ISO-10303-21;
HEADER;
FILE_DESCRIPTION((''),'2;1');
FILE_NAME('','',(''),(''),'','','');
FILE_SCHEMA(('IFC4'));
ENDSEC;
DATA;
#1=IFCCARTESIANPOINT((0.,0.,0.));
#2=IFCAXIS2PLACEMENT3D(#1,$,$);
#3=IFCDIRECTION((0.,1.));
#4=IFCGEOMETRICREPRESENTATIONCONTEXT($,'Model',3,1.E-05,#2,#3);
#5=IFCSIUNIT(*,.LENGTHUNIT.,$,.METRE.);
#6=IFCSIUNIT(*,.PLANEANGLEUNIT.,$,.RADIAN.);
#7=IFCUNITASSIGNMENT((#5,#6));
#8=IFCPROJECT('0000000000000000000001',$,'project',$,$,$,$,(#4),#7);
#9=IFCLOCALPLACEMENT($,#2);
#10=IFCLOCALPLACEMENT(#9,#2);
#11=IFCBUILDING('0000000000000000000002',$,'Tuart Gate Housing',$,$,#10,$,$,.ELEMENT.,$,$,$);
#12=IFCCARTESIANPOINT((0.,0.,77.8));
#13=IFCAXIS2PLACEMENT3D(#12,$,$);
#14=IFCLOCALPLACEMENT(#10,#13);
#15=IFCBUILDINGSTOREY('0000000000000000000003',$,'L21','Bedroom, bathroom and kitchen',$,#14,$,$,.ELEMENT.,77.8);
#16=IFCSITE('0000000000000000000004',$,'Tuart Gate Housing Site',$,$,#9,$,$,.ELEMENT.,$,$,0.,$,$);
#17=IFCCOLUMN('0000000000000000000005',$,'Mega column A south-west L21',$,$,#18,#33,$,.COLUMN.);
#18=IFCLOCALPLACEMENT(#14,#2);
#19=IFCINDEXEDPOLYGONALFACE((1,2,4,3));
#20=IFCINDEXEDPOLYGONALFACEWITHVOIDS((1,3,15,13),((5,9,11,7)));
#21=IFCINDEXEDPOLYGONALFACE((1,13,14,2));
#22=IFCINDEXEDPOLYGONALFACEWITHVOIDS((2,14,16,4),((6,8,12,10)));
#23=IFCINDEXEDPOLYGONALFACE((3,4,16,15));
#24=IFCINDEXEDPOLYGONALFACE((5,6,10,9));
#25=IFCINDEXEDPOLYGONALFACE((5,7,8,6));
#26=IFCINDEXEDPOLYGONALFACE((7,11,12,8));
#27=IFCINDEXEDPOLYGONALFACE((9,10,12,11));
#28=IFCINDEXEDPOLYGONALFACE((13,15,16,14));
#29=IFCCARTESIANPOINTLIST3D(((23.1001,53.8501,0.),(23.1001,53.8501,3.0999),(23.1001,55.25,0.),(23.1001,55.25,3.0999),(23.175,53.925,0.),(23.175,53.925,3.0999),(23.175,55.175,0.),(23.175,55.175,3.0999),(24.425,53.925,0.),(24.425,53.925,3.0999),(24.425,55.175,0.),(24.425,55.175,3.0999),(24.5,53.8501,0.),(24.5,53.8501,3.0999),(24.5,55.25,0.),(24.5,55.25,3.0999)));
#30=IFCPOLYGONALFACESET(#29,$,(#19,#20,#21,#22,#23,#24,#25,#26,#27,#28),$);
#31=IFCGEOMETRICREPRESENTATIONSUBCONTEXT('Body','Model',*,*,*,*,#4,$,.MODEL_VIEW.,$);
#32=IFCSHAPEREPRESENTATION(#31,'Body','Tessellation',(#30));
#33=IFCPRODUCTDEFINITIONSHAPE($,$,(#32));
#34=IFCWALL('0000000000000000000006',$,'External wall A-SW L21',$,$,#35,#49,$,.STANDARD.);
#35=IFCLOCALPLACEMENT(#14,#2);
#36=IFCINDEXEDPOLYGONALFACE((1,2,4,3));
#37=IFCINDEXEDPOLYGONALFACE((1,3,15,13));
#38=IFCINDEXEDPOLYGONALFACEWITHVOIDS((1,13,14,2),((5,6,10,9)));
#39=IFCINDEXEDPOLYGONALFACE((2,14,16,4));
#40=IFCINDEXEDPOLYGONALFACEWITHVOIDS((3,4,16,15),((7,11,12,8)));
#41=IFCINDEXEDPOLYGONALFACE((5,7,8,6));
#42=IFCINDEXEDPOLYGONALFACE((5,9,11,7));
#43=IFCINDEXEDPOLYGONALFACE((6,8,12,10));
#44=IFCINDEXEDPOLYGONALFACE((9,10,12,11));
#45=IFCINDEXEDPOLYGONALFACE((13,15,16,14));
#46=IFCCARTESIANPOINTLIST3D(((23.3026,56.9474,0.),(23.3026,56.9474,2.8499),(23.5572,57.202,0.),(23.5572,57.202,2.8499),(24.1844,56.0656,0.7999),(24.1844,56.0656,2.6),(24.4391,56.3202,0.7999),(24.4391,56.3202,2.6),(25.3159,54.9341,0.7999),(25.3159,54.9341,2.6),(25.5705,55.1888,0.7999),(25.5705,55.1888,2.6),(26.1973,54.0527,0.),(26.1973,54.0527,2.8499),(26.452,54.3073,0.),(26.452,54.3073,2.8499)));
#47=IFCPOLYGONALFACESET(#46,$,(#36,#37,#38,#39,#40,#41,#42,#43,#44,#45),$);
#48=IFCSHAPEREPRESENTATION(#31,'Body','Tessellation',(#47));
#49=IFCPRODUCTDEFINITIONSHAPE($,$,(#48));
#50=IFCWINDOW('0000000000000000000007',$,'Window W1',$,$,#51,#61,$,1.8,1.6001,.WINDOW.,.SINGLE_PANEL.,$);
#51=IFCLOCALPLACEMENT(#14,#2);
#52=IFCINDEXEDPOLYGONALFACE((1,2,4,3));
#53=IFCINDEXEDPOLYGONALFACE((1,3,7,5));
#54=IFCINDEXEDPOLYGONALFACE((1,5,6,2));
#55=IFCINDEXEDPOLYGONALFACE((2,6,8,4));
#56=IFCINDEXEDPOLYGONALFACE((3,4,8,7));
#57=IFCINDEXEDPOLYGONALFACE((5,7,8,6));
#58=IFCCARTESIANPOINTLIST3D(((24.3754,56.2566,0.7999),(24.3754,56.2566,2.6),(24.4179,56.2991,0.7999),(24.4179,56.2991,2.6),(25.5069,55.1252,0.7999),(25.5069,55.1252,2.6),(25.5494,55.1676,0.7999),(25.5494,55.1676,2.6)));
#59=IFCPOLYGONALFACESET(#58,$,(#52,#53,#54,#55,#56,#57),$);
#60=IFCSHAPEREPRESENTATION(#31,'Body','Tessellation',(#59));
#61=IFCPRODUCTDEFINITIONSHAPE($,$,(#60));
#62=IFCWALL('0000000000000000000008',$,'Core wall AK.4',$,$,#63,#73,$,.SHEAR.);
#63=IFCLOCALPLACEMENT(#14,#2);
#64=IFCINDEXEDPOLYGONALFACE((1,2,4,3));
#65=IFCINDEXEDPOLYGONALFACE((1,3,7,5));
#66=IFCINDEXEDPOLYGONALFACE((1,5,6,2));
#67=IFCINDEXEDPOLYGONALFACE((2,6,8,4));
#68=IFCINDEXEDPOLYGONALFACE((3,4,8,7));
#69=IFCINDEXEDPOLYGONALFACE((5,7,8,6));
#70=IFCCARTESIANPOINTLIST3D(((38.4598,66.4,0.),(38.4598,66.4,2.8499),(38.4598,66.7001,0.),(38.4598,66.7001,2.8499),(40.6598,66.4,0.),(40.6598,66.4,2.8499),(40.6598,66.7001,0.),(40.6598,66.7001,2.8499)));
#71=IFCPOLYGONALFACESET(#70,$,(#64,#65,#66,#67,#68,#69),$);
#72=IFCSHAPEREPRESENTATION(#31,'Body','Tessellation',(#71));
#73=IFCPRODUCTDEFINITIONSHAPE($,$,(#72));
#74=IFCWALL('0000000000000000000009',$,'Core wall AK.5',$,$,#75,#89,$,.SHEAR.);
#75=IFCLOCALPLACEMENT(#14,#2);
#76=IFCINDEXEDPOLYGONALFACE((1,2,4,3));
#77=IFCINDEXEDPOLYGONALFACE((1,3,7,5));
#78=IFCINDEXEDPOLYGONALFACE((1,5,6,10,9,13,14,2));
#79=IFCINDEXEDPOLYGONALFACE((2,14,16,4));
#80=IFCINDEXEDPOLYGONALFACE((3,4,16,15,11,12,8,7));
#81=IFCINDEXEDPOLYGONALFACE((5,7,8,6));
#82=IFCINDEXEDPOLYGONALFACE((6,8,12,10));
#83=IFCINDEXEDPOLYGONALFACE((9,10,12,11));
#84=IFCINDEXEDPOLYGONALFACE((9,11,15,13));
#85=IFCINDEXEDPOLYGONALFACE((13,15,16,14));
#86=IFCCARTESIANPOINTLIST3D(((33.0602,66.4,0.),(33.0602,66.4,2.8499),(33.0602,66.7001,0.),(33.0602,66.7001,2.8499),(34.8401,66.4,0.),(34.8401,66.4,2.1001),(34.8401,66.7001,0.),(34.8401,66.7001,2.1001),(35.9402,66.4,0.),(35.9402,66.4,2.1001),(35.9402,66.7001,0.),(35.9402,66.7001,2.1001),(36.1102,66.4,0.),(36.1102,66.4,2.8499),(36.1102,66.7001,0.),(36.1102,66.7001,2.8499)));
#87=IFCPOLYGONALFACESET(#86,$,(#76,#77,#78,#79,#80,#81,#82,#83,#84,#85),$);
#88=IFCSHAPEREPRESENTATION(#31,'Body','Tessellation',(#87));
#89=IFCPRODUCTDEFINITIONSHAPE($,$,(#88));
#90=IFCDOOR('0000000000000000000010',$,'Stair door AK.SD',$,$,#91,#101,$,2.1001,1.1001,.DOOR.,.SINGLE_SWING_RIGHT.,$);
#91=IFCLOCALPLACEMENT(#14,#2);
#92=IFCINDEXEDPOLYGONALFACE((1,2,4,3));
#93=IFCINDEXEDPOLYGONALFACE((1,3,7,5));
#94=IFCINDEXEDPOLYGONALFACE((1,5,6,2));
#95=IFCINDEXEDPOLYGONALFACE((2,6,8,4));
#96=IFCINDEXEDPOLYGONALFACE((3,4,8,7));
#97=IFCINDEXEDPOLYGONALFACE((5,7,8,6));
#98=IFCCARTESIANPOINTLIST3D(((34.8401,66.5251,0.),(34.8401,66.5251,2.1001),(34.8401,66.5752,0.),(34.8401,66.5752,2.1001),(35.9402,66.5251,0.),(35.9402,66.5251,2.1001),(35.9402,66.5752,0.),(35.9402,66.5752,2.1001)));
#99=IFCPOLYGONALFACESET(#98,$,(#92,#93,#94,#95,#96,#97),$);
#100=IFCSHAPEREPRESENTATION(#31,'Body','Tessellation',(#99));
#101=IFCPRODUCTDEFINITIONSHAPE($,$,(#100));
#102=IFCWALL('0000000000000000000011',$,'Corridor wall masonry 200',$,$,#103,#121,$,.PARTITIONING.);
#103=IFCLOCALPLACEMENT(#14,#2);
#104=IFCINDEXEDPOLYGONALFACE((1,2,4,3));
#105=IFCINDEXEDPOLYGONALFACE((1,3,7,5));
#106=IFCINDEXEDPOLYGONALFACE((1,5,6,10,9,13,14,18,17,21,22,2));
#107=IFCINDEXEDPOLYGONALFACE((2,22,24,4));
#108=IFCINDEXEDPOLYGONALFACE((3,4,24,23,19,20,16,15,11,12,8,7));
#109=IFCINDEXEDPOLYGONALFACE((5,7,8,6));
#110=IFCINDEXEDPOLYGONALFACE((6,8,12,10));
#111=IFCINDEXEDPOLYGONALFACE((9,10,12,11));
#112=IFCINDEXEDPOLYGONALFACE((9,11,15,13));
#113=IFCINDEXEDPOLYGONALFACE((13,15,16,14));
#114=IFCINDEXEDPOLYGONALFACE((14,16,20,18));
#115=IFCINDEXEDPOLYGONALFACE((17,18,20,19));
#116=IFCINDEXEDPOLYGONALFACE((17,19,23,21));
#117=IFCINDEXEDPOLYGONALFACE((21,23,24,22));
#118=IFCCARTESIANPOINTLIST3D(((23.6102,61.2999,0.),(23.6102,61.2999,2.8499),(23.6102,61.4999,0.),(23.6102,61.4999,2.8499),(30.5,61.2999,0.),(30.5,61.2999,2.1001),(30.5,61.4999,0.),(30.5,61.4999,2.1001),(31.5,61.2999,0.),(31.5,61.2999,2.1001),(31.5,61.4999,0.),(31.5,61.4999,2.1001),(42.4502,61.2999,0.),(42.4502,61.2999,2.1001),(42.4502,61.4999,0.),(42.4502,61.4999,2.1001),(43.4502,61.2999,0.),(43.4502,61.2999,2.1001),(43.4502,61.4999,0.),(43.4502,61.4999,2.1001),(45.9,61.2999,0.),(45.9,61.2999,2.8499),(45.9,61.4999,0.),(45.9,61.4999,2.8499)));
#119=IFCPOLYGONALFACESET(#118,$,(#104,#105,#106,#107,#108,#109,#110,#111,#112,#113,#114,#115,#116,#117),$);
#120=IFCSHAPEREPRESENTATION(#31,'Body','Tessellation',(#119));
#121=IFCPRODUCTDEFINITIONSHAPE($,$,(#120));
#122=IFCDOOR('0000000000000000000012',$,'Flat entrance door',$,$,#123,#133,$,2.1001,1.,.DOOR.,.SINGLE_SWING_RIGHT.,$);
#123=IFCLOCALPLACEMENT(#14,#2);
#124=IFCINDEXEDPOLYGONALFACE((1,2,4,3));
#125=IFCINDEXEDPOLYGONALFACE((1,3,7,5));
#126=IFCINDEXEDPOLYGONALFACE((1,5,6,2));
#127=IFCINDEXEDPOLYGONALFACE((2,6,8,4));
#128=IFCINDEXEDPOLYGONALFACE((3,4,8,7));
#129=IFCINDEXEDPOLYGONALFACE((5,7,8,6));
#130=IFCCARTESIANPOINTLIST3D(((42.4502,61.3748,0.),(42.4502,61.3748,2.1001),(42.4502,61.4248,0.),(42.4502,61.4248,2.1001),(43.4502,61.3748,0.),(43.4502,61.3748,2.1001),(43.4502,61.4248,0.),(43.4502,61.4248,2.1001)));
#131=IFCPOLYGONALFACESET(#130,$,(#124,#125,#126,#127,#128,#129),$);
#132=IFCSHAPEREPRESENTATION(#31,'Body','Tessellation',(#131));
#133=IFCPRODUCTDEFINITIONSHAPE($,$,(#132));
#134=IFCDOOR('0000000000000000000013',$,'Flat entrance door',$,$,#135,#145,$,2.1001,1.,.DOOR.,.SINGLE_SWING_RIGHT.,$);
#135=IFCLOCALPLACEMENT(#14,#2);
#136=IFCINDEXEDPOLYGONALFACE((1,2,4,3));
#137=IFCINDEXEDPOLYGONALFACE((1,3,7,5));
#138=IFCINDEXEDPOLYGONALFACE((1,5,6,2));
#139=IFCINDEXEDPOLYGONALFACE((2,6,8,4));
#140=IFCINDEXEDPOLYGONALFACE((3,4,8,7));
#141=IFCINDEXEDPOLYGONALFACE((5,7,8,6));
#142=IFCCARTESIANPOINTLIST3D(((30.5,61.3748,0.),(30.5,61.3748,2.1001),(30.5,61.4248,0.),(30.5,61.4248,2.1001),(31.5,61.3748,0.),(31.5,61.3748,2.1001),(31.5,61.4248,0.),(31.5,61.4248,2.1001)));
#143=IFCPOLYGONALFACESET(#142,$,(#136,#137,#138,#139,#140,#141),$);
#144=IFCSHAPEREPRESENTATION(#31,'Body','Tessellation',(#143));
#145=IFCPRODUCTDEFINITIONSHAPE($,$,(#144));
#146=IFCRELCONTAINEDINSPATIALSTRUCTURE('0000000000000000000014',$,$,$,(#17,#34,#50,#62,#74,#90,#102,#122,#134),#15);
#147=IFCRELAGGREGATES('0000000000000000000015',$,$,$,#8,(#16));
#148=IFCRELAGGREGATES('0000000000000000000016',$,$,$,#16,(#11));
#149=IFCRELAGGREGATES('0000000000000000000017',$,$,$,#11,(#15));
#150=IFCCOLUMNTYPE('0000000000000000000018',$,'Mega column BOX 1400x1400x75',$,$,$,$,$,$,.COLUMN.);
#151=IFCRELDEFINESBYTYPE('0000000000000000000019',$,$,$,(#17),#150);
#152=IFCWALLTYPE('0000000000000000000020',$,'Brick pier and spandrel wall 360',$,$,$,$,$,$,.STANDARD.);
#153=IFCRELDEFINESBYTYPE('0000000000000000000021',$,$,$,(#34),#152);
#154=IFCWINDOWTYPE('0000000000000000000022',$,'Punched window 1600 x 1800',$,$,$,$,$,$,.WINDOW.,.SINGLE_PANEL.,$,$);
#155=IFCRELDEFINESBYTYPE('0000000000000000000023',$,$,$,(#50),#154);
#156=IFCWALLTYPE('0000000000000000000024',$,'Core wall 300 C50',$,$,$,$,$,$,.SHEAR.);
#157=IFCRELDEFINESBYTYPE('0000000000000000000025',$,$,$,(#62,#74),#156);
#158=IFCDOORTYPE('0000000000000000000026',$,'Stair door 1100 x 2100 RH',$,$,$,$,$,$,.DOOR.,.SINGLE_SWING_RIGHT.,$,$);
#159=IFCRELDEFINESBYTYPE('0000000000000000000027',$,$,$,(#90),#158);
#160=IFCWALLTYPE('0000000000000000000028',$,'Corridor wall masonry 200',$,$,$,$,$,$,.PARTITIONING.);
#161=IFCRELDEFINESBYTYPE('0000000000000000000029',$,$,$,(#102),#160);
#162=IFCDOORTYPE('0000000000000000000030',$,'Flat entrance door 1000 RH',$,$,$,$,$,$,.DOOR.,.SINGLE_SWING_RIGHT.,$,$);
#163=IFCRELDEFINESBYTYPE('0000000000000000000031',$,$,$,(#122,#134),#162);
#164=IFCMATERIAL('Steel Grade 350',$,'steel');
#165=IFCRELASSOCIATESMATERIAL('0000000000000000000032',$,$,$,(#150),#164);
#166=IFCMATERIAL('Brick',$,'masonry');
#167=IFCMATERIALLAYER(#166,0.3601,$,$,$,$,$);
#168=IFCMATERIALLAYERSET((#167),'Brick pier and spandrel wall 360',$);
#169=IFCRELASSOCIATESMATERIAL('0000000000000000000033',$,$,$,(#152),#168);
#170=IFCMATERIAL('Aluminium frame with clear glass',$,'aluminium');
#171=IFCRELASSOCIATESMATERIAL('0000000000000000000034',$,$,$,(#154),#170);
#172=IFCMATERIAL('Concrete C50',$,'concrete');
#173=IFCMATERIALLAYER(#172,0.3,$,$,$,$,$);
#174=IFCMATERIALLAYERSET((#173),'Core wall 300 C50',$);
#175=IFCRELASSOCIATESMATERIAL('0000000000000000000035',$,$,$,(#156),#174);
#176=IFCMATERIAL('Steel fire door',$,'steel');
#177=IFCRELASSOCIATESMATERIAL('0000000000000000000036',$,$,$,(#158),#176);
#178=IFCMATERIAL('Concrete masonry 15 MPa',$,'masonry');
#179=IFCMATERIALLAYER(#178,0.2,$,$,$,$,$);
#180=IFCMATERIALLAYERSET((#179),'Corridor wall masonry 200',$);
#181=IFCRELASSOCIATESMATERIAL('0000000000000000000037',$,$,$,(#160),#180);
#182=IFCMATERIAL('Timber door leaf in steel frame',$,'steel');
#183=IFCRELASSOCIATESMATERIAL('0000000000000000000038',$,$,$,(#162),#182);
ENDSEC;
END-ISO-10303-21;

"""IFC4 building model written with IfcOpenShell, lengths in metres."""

from ifc_helpers import new_model, si_unit, direction, frame, frame_2d, origin, origin_2d, place, context, subcontext, project, spatial, rectangle, hollow_rectangle, extrude, material, layer, layer_set, material_profile, profile_set, type_object, element, fill, save


model = new_model("IFC4")

# Units and contexts
model_context = context("Model", 3, precision=1e-05, world=origin(), true_north=direction((0.0, 1.0)))
body_context = subcontext(model_context, "Body", "Model", "MODEL_VIEW")
ifc_project = project(units=[si_unit("LENGTHUNIT", "METRE"), si_unit("PLANEANGLEUNIT", "RADIAN")], contexts=[model_context])

# Site, building, storey
site_placement = place(None, origin())
site = spatial("IfcSite", under=ifc_project, at=site_placement, Name="Tuart Gate Housing Site", CompositionType="ELEMENT", RefElevation=0.0)
building_placement = place(site_placement, origin())
building = spatial("IfcBuilding", under=site, at=building_placement, Name="Tuart Gate Housing", CompositionType="ELEMENT")
storey_placement = place(building_placement, frame((0.0, 0.0, 77.8)))
storey = spatial("IfcBuildingStorey", under=building, at=storey_placement, Name="L21", Description="Bedroom, bathroom and kitchen", CompositionType="ELEMENT", Elevation=77.8)

# Column
ifc_material_1 = material(Name="Steel Grade 350", Category="steel")
ifc_material_profile = material_profile(ifc_material_1, hollow_rectangle(XDim=1.3999, YDim=1.3999, WallThickness=0.075, at=origin_2d()), Name="BOX 1400x1400x75")
ifc_profile_set = profile_set([ifc_material_profile], Name="Steel Grade 350")
column_type = type_object("IfcColumnType", Name="Mega column BOX 1400x1400x75", PredefinedType="COLUMN", material=ifc_profile_set)
column_placement = place(storey_placement, frame((23.8, 54.55, 0.0), z_axis=(0.0, 0.0, 1.0), x_axis=(1.0, 0.0, 0.0)))
element("IfcColumn", 1, at=column_placement, inside=storey, type_object=column_type, Name="Mega column A south-west L21", PredefinedType="COLUMN", context=body_context, shape_type="SweptSolid", body=[
    extrude(hollow_rectangle(XDim=1.3999, YDim=1.3999, WallThickness=0.075, at=origin_2d()), origin(), (0.0, 0.0, 1.0), 3.0999),
])

# Wall, opening, window
ifc_material_2 = material(Name="Brick", Category="masonry")
ifc_layer_1 = layer(ifc_material_2, 0.3601)
ifc_layer_set_1 = layer_set([ifc_layer_1], Name="Brick pier and spandrel wall 360")
wall_type_1 = type_object("IfcWallType", Name="Brick pier and spandrel wall 360", PredefinedType="STANDARD", material=ifc_layer_set_1)
wall_1_placement = place(storey_placement, frame((23.4299, 57.0747, 0.0), z_axis=(0.0, 0.0, 1.0), x_axis=(0.707107, -0.707107, 0.0)))
wall_1 = element("IfcWall", 2, at=wall_1_placement, inside=storey, type_object=wall_type_1, Name="External wall A-SW L21", PredefinedType="STANDARD", context=body_context, shape_type="SweptSolid", body=[
    extrude(rectangle(XDim=4.0938, YDim=0.3601, at=frame_2d((2.0469, 0.0))), origin(), (0.0, 0.0, 1.0), 2.8499),
])
opening_1_placement = place(wall_1_placement, frame((1.2471, 0.0, 0.8)))
opening_1 = element("IfcOpeningElement", 3, at=opening_1_placement, cuts=wall_1, PredefinedType="OPENING", context=body_context, shape_type="SweptSolid", body=[
    extrude(rectangle(XDim=1.6001, YDim=1.8, at=frame_2d((0.8, 0.8999))), frame((0.0, 0.1899, 0.0), z_axis=(0.0, -1.0, 0.0), x_axis=(1.0, 0.0, 0.0)), (0.0, 0.0, 1.0), 0.3801),
])
ifc_material_3 = material(Name="Aluminium frame with clear glass", Category="aluminium")
window_type = type_object("IfcWindowType", Name="Punched window 1600 x 1800", PartitioningType="SINGLE_PANEL", PredefinedType="WINDOW", material=ifc_material_3)
window_placement = place(opening_1_placement, origin())
window = element("IfcWindow", 4, at=window_placement, inside=storey, type_object=window_type, Name="Window W1", OverallHeight=1.8, OverallWidth=1.6001, PartitioningType="SINGLE_PANEL", PredefinedType="WINDOW", context=body_context, shape_type="SweptSolid", body=[
    extrude(rectangle(XDim=1.6001, YDim=1.8, at=frame_2d((0.8, 0.8999))), frame((0.0, 0.1501, 0.0), z_axis=(0.0, -1.0, 0.0), x_axis=(1.0, 0.0, 0.0)), (0.0, 0.0, 1.0), 0.0601),
])
fill(opening_1, window)

# Wall
ifc_material_4 = material(Name="Concrete C50", Category="concrete")
ifc_layer_2 = layer(ifc_material_4, 0.3)
ifc_layer_set_2 = layer_set([ifc_layer_2], Name="Core wall 300 C50")
wall_type_2 = type_object("IfcWallType", Name="Core wall 300 C50", PredefinedType="SHEAR", material=ifc_layer_set_2)
wall_2_placement = place(storey_placement, frame((40.6599, 66.55, 0.0), z_axis=(0.0, 0.0, 1.0), x_axis=(-1.0, 0.0, 0.0)))
element("IfcWall", 5, at=wall_2_placement, inside=storey, type_object=wall_type_2, Name="Core wall AK.4", PredefinedType="SHEAR", context=body_context, shape_type="SweptSolid", body=[
    extrude(rectangle(XDim=2.2, YDim=0.3, at=frame_2d((1.1001, 0.0))), origin(), (0.0, 0.0, 1.0), 2.8499),
])

# Wall, opening, door
wall_3_placement = place(storey_placement, frame((36.1101, 66.55, 0.0), z_axis=(0.0, 0.0, 1.0), x_axis=(-1.0, 0.0, 0.0)))
wall_3 = element("IfcWall", 6, at=wall_3_placement, inside=storey, type_object=wall_type_2, Name="Core wall AK.5", PredefinedType="SHEAR", context=body_context, shape_type="SweptSolid", body=[
    extrude(rectangle(XDim=3.05, YDim=0.3, at=frame_2d((1.5249, 0.0))), origin(), (0.0, 0.0, 1.0), 2.8499),
])
opening_2_placement = place(wall_3_placement, frame((0.1699, 0.0, 0.0)))
opening_2 = element("IfcOpeningElement", 7, at=opening_2_placement, cuts=wall_3, PredefinedType="OPENING", context=body_context, shape_type="SweptSolid", body=[
    extrude(rectangle(XDim=1.1001, YDim=2.1001, at=frame_2d((0.55, 1.05))), frame((0.0, 0.1599, 0.0), z_axis=(0.0, -1.0, 0.0), x_axis=(1.0, 0.0, 0.0)), (0.0, 0.0, 1.0), 0.3201),
])
ifc_material_5 = material(Name="Steel fire door", Category="steel")
door_type_1 = type_object("IfcDoorType", Name="Stair door 1100 x 2100 RH", OperationType="SINGLE_SWING_RIGHT", PredefinedType="DOOR", material=ifc_material_5)
door_1_placement = place(opening_2_placement, frame((1.1001, 0.0, 0.0), z_axis=(0.0, 0.0, 1.0), x_axis=(-1.0, 0.0, 0.0)))
door_1 = element("IfcDoor", 8, at=door_1_placement, inside=storey, type_object=door_type_1, Name="Stair door AK.SD", OperationType="SINGLE_SWING_RIGHT", OverallHeight=2.1001, OverallWidth=1.1001, PredefinedType="DOOR", context=body_context, shape_type="SweptSolid", body=[
    extrude(rectangle(XDim=1.1001, YDim=2.1001, at=frame_2d((0.55, 1.05))), frame((0.0, 0.0251, 0.0), z_axis=(0.0, -1.0, 0.0), x_axis=(1.0, 0.0, 0.0)), (0.0, 0.0, 1.0), 0.05),
])
fill(opening_2, door_1)

# Wall, openings, doors
ifc_material_6 = material(Name="Concrete masonry 15 MPa", Category="masonry")
ifc_layer_3 = layer(ifc_material_6, 0.2)
ifc_layer_set_3 = layer_set([ifc_layer_3], Name="Corridor wall masonry 200")
wall_type_3 = type_object("IfcWallType", Name="Corridor wall masonry 200", PredefinedType="PARTITIONING", material=ifc_layer_set_3)
wall_4_placement = place(storey_placement, frame((23.6101, 61.3999, 0.0), z_axis=(0.0, 0.0, 1.0), x_axis=(1.0, 0.0, 0.0)))
wall_4 = element("IfcWall", 9, at=wall_4_placement, inside=storey, type_object=wall_type_3, Name="Corridor wall masonry 200", PredefinedType="PARTITIONING", context=body_context, shape_type="SweptSolid", body=[
    extrude(rectangle(XDim=22.2898, YDim=0.2, at=frame_2d((11.145, 0.0))), origin(), (0.0, 0.0, 1.0), 2.8499),
])
opening_3_placement = place(wall_4_placement, frame((18.8401, 0.0, 0.0)))
opening_3 = element("IfcOpeningElement", 10, at=opening_3_placement, cuts=wall_4, PredefinedType="OPENING", context=body_context, shape_type="SweptSolid", body=[
    extrude(rectangle(XDim=1.0, YDim=2.1001, at=frame_2d((0.5, 1.05))), frame((0.0, 0.1099, 0.0), z_axis=(0.0, -1.0, 0.0), x_axis=(1.0, 0.0, 0.0)), (0.0, 0.0, 1.0), 0.22),
])
opening_4_placement = place(wall_4_placement, frame((6.8899, 0.0, 0.0)))
opening_4 = element("IfcOpeningElement", 11, at=opening_4_placement, cuts=wall_4, PredefinedType="OPENING", context=body_context, shape_type="SweptSolid", body=[
    extrude(rectangle(XDim=1.0, YDim=2.1001, at=frame_2d((0.5, 1.05))), frame((0.0, 0.1099, 0.0), z_axis=(0.0, -1.0, 0.0), x_axis=(1.0, 0.0, 0.0)), (0.0, 0.0, 1.0), 0.22),
])
ifc_material_7 = material(Name="Timber door leaf in steel frame", Category="steel")
door_type_2 = type_object("IfcDoorType", Name="Flat entrance door 1000 RH", OperationType="SINGLE_SWING_RIGHT", PredefinedType="DOOR", material=ifc_material_7)
door_2_placement = place(opening_3_placement, frame((1.0, 0.0, 0.0), z_axis=(0.0, 0.0, 1.0), x_axis=(-1.0, 0.0, 0.0)))
door_2 = element("IfcDoor", 12, at=door_2_placement, inside=storey, type_object=door_type_2, Name="Flat entrance door", OperationType="SINGLE_SWING_RIGHT", OverallHeight=2.1001, OverallWidth=1.0, PredefinedType="DOOR", context=body_context, shape_type="SweptSolid", body=[
    extrude(rectangle(XDim=1.0, YDim=2.1001, at=frame_2d((0.5, 1.05))), frame((0.0, 0.0251, 0.0), z_axis=(0.0, -1.0, 0.0), x_axis=(1.0, 0.0, 0.0)), (0.0, 0.0, 1.0), 0.05),
])
fill(opening_3, door_2)
door_3_placement = place(opening_4_placement, frame((1.0, 0.0, 0.0), z_axis=(0.0, 0.0, 1.0), x_axis=(-1.0, 0.0, 0.0)))
door_3 = element("IfcDoor", 13, at=door_3_placement, inside=storey, type_object=door_type_2, Name="Flat entrance door", OperationType="SINGLE_SWING_RIGHT", OverallHeight=2.1001, OverallWidth=1.0, PredefinedType="DOOR", context=body_context, shape_type="SweptSolid", body=[
    extrude(rectangle(XDim=1.0, YDim=2.1001, at=frame_2d((0.5, 1.05))), frame((0.0, 0.0251, 0.0), z_axis=(0.0, -1.0, 0.0), x_axis=(1.0, 0.0, 0.0)), (0.0, 0.0, 1.0), 0.05),
])
fill(opening_4, door_3)

save(model, "model.ifc")
